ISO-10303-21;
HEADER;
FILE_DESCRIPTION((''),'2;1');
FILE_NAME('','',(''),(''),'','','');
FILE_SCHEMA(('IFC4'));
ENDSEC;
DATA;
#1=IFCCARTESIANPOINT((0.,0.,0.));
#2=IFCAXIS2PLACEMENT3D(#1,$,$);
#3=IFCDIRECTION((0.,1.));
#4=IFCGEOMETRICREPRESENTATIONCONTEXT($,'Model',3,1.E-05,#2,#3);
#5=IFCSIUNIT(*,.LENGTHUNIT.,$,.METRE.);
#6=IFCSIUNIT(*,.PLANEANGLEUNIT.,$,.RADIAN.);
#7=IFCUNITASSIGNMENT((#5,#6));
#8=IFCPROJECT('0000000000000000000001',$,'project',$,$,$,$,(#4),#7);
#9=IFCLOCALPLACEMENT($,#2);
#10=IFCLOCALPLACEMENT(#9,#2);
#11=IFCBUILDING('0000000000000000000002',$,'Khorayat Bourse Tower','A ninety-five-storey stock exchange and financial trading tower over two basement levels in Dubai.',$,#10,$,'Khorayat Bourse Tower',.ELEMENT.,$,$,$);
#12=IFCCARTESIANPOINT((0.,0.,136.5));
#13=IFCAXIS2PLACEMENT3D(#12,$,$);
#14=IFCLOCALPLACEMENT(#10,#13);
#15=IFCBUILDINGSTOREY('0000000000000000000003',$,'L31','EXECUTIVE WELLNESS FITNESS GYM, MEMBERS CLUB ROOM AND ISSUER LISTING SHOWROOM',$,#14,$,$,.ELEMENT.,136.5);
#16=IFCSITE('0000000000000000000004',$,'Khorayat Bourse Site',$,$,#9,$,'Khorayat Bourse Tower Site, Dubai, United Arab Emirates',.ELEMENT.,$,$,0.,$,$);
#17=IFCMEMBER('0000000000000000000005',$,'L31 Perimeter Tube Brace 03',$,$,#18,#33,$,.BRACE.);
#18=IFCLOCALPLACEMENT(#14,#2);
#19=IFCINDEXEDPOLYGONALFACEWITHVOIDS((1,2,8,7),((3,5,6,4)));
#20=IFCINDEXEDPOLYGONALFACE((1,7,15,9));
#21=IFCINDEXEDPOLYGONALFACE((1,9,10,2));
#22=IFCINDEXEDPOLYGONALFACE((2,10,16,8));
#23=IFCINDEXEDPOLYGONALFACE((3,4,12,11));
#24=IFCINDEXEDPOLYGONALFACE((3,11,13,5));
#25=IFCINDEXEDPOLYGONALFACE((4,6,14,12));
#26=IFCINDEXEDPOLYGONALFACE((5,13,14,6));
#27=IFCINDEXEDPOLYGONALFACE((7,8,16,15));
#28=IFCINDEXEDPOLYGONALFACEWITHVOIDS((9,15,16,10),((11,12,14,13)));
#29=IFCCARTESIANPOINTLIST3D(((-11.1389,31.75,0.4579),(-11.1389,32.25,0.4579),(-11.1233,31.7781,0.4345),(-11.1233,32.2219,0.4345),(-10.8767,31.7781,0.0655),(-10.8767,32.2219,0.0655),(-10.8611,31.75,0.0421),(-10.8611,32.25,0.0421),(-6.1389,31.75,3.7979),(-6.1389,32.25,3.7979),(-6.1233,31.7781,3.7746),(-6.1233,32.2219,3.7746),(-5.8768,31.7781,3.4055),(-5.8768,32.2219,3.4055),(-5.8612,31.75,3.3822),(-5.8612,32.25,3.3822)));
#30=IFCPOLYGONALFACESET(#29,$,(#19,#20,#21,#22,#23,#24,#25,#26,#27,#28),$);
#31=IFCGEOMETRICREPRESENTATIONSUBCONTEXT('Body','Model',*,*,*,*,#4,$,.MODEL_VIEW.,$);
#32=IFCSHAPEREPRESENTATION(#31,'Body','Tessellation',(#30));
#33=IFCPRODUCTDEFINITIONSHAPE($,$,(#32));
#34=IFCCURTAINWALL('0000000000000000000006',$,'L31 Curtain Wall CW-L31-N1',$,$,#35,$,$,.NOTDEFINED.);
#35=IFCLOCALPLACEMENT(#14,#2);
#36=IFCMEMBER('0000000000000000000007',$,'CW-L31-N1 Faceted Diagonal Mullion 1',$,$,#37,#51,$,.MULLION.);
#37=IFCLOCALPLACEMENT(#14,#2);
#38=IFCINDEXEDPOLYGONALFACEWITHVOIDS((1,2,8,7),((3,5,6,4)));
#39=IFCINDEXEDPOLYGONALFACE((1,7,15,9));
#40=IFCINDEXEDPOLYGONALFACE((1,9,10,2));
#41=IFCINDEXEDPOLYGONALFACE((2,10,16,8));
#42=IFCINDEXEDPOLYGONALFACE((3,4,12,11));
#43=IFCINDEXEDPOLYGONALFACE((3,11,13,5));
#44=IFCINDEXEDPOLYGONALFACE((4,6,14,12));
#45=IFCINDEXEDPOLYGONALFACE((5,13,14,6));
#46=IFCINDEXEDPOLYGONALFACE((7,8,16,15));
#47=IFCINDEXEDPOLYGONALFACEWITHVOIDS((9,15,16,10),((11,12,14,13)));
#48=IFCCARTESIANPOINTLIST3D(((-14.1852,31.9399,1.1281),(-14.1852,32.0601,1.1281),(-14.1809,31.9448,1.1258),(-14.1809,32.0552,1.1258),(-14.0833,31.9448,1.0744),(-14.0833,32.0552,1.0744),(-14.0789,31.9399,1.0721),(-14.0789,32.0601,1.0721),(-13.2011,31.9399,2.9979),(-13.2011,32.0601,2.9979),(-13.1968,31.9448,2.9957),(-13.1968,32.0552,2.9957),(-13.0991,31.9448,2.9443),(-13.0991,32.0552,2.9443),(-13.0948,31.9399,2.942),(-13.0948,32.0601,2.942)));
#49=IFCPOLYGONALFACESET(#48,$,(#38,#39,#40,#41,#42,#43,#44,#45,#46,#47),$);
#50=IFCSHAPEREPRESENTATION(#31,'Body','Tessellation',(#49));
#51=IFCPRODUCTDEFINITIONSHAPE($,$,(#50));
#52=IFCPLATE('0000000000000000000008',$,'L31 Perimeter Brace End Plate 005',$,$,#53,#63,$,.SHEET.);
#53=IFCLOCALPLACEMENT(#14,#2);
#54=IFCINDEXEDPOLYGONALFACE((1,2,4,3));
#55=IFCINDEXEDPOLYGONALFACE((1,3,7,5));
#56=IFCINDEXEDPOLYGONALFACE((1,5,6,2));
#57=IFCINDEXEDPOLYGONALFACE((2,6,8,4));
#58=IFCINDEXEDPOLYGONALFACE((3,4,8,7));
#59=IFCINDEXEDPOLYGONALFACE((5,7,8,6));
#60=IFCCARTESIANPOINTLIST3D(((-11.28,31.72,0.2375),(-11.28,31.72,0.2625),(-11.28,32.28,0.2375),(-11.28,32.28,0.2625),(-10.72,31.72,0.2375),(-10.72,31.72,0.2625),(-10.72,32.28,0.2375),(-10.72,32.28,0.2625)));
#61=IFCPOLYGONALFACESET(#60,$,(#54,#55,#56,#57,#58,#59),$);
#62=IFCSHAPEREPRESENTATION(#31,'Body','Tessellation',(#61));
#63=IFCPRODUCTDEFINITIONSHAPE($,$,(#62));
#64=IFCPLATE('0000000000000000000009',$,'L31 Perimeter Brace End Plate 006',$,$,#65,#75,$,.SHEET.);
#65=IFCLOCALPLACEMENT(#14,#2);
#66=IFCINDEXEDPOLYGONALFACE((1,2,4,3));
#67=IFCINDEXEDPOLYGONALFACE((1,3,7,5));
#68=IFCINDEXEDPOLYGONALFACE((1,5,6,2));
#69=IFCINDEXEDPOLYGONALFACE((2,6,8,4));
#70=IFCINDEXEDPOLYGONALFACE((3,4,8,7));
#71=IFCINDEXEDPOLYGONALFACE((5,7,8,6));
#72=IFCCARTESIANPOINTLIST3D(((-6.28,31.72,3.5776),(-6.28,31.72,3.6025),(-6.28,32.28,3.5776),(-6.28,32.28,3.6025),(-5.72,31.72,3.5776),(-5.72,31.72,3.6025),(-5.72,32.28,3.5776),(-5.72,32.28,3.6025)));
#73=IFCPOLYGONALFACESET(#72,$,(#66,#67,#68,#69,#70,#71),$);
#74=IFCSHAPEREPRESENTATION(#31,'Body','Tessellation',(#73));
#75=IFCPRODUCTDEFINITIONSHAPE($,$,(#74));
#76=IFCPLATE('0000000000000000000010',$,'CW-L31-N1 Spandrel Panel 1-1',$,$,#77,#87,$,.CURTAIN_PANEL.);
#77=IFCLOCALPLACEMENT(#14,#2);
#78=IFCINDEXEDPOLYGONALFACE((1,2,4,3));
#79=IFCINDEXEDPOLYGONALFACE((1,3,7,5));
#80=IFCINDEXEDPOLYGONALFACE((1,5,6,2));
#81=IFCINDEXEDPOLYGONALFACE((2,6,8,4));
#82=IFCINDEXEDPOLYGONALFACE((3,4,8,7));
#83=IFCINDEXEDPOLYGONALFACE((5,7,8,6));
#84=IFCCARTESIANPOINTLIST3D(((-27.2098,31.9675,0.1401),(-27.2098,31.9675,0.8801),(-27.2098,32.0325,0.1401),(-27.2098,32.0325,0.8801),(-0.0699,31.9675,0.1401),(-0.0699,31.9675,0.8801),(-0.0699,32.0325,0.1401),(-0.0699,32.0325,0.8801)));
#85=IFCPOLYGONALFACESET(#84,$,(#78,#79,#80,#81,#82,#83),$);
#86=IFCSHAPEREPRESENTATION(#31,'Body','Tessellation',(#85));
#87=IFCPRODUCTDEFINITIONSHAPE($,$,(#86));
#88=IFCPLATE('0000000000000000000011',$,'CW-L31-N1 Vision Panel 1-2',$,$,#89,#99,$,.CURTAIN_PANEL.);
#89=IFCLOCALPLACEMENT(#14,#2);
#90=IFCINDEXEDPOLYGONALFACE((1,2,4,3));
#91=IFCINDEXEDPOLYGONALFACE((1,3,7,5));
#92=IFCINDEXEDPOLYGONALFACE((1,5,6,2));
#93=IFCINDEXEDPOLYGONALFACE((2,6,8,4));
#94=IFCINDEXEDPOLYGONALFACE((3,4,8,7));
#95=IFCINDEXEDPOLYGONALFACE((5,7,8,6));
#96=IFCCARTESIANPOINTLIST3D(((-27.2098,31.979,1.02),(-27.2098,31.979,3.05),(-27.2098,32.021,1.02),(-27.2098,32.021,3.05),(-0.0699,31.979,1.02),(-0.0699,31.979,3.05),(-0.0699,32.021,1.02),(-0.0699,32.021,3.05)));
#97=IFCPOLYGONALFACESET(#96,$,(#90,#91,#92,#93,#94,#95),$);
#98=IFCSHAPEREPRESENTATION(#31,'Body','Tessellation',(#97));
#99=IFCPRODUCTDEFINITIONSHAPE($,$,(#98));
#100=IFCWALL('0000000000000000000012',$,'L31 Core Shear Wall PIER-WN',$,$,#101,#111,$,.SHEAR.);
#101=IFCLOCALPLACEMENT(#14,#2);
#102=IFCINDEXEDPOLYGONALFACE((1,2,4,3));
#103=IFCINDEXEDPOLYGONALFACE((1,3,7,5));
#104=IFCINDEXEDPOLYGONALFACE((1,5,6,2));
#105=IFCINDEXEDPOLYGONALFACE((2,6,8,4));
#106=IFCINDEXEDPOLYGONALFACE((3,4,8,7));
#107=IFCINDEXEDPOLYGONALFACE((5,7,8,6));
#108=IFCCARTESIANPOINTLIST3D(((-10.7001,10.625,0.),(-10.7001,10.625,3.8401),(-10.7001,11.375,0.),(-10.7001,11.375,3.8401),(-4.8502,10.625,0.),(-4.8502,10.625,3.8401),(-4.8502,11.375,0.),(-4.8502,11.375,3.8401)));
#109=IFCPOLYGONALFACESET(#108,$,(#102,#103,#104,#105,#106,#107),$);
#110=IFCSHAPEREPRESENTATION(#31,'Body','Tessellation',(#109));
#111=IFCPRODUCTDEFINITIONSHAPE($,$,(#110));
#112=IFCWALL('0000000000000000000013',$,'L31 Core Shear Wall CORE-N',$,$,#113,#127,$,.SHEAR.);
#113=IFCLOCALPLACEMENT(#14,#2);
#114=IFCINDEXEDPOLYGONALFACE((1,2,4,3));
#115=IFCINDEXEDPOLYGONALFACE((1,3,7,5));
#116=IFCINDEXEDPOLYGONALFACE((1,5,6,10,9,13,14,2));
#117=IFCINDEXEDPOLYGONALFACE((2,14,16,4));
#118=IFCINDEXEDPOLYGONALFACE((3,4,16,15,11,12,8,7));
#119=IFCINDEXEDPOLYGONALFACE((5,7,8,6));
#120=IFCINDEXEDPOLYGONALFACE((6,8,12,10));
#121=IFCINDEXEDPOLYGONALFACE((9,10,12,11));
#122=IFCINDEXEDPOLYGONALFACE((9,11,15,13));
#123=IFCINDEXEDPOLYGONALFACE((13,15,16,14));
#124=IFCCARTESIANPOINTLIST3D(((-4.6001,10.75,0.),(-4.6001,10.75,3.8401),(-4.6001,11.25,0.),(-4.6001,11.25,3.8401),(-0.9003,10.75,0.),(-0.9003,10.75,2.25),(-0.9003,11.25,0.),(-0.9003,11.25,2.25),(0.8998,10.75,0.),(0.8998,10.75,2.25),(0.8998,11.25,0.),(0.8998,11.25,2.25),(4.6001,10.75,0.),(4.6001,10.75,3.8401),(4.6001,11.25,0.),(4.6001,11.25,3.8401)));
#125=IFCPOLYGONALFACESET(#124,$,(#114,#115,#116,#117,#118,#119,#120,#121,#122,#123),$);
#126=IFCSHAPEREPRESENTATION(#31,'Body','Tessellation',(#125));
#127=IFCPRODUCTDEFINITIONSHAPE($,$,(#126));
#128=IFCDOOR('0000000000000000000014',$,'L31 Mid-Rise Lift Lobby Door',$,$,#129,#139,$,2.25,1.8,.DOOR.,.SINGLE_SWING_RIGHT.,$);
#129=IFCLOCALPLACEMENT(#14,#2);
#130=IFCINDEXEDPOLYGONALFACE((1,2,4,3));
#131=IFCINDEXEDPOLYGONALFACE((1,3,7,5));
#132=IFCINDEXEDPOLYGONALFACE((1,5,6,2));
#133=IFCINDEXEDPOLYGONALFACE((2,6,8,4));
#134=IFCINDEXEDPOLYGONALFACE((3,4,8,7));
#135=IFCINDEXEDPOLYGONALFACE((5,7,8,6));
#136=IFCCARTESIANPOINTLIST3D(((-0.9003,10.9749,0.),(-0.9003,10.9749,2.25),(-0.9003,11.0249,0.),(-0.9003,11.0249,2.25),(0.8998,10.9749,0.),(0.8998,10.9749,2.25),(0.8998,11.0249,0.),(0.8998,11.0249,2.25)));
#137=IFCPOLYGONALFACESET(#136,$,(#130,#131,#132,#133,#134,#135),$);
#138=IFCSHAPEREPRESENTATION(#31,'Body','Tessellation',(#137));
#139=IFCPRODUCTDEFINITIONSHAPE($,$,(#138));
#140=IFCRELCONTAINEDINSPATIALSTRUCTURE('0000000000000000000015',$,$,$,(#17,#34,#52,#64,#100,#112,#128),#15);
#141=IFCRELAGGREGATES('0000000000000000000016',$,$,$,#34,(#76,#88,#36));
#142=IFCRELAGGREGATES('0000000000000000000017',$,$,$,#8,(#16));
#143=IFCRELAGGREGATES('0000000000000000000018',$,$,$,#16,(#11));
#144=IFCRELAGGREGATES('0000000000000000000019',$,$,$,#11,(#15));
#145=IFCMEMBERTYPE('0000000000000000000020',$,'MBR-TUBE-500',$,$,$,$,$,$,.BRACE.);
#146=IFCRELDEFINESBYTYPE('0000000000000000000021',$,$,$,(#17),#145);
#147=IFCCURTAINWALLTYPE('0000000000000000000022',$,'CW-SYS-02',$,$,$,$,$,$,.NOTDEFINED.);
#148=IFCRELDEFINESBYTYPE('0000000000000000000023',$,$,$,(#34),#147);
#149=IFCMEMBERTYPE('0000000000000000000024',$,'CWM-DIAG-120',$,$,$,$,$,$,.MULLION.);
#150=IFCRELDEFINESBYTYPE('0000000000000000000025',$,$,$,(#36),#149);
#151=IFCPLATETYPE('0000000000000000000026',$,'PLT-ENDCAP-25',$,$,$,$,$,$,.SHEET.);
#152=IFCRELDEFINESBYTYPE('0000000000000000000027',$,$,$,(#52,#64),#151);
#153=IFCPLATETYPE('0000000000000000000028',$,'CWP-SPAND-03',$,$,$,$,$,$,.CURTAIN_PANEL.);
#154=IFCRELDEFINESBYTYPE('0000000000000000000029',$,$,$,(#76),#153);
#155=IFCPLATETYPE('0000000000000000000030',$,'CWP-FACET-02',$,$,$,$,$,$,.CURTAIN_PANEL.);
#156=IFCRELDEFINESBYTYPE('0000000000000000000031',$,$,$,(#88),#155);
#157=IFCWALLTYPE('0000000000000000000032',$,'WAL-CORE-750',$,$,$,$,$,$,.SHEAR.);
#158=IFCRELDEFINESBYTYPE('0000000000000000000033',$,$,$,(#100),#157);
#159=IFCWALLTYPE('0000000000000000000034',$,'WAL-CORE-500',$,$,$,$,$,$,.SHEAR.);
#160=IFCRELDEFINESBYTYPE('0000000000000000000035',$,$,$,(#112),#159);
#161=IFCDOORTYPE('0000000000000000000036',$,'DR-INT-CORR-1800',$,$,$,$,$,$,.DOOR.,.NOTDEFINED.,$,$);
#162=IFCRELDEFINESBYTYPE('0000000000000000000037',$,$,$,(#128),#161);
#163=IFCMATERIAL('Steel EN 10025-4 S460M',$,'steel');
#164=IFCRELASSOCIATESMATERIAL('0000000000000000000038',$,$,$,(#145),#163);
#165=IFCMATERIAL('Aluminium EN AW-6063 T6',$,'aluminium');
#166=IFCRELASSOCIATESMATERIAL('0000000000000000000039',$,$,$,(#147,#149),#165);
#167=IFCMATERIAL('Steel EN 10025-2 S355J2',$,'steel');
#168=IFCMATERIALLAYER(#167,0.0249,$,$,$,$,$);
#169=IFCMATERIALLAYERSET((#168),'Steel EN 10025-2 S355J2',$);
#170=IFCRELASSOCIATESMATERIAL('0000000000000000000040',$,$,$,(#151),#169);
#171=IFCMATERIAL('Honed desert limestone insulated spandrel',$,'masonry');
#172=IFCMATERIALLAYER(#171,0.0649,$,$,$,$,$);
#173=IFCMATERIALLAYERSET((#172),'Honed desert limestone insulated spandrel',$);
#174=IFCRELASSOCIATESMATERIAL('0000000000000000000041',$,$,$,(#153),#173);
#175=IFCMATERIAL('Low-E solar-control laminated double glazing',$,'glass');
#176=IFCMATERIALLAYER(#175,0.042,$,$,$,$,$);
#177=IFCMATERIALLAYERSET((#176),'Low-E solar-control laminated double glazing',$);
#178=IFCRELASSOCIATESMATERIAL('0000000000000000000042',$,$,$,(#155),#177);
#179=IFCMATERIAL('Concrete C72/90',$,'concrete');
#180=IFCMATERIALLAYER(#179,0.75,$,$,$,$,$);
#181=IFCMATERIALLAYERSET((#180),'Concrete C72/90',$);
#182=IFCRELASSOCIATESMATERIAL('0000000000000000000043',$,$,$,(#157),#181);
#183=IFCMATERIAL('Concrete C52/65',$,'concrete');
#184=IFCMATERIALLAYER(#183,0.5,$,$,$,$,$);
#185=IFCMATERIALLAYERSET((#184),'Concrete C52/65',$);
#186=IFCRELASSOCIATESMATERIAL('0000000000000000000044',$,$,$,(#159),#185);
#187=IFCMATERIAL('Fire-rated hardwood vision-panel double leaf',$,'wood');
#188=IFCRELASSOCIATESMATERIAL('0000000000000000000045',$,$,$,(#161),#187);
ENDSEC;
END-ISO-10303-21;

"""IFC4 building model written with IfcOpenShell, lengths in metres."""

from ifc_helpers import new_model, si_unit, direction, frame, frame_2d, origin, origin_2d, place, context, subcontext, project, spatial, rectangle, hollow_rectangle, extrude, source, transform, mapped, material, layer, layer_set, material_profile, profile_set, type_object, element, fill, aggregate, save


model = new_model("IFC4")

# Units and contexts
model_context = context("Model", 3, precision=1e-05, world=origin(), true_north=direction((0.0, 1.0)))
body_context = subcontext(model_context, "Body", "Model", "MODEL_VIEW")
ifc_project = project(units=[si_unit("LENGTHUNIT", "METRE"), si_unit("PLANEANGLEUNIT", "RADIAN")], contexts=[model_context])

# Site, building, storey
site_placement = place(None, origin())
site = spatial("IfcSite", under=ifc_project, at=site_placement, Name="Khorayat Bourse Site", LongName="Khorayat Bourse Tower Site, Dubai, United Arab Emirates", CompositionType="ELEMENT", RefElevation=0.0)
building_placement = place(site_placement, origin())
building = spatial("IfcBuilding", under=site, at=building_placement, Name="Khorayat Bourse Tower", Description="A ninety-five-storey stock exchange and financial trading tower over two basement levels in Dubai.", LongName="Khorayat Bourse Tower", CompositionType="ELEMENT")
storey_placement = place(building_placement, frame((0.0, 0.0, 136.5)))
storey = spatial("IfcBuildingStorey", under=building, at=storey_placement, Name="L31", Description="EXECUTIVE WELLNESS FITNESS GYM, MEMBERS CLUB ROOM AND ISSUER LISTING SHOWROOM", CompositionType="ELEMENT", Elevation=136.5)

# Shared definitions
ifc_material_1 = material(Name="Steel EN 10025-4 S460M", Category="steel")
ifc_material_2 = material(Name="Concrete C72/90", Category="concrete")

# Member
ifc_material_profile_1 = material_profile(ifc_material_1, hollow_rectangle(XDim=0.5, YDim=0.5, WallThickness=0.0281, at=origin_2d()), Name="HSS 500x500x28")
ifc_profile_set_1 = profile_set([ifc_material_profile_1], Name="Steel EN 10025-4 S460M")
member_type_1 = type_object("IfcMemberType", Name="MBR-TUBE-500", PredefinedType="BRACE", material=ifc_profile_set_1)
shared_shape_1 = source(origin(), body_context, "Body", "SweptSolid", [
    extrude(hollow_rectangle(XDim=0.5, YDim=0.5, WallThickness=0.0281, at=origin_2d()), origin(), (0.0, 0.0, 1.0), 6.0129),
])
member_1_placement = place(storey_placement, frame((-11.0, 32.0, 0.25), z_axis=(0.831531, 0.0, 0.555478), x_axis=(0.0, 1.0, 0.0)))
element("IfcMember", 1, at=member_1_placement, inside=storey, type_object=member_type_1, Name="L31 Perimeter Tube Brace 03", PredefinedType="BRACE", context=body_context, shape_type="MappedRepresentation", body=[
    mapped(shared_shape_1, transform((0.0, 0.0, 0.0), scale=1.0)),
])

# Curtain wall, member
ifc_material_3 = material(Name="Aluminium EN AW-6063 T6", Category="aluminium")
curtain_wall_type = type_object("IfcCurtainWallType", Name="CW-SYS-02", PredefinedType="NOTDEFINED", material=ifc_material_3)
curtain_wall_placement = place(storey_placement, origin())
curtain_wall = element("IfcCurtainWall", 2, at=curtain_wall_placement, inside=storey, type_object=curtain_wall_type, Name="L31 Curtain Wall CW-L31-N1", PredefinedType="NOTDEFINED")
ifc_material_profile_2 = material_profile(ifc_material_3, hollow_rectangle(XDim=0.1201, YDim=0.1201, WallThickness=0.0049, at=origin_2d()), Name="ALU 120x120x5")
ifc_profile_set_2 = profile_set([ifc_material_profile_2], Name="Aluminium EN AW-6063 T6")
member_type_2 = type_object("IfcMemberType", Name="CWM-DIAG-120", PredefinedType="MULLION", material=ifc_profile_set_2)
shared_shape_2 = source(origin(), body_context, "Body", "SweptSolid", [
    extrude(hollow_rectangle(XDim=0.1201, YDim=0.1201, WallThickness=0.0049, at=origin_2d()), origin(), (0.0, 0.0, 1.0), 2.113),
])
member_2_placement = place(storey_placement, frame((-14.1321, 32.0, 1.1001), z_axis=(0.465742, 0.0, 0.884921), x_axis=(0.0, 1.0, 0.0)))
member_2 = element("IfcMember", 3, at=member_2_placement, type_object=member_type_2, Name="CW-L31-N1 Faceted Diagonal Mullion 1", PredefinedType="MULLION", context=body_context, shape_type="MappedRepresentation", body=[
    mapped(shared_shape_2, transform((0.0, 0.0, 0.0), scale=1.0)),
])

# Plates
ifc_material_4 = material(Name="Steel EN 10025-2 S355J2", Category="steel")
ifc_layer_1 = layer(ifc_material_4, 0.0249)
ifc_layer_set_1 = layer_set([ifc_layer_1], Name="Steel EN 10025-2 S355J2")
plate_type_1 = type_object("IfcPlateType", Name="PLT-ENDCAP-25", PredefinedType="SHEET", material=ifc_layer_set_1)
shared_shape_3 = source(origin(), body_context, "Body", "SweptSolid", [
    extrude(rectangle(XDim=0.5601, YDim=0.5601, at=origin_2d()), origin(), (0.0, 0.0, 1.0), 0.0249),
])
for number, where, z_axis, x_axis, name in (
    (4, (-11.0, 32.0, 0.2375), (0.0, 0.0, 1.0), (1.0, 0.0, 0.0), "L31 Perimeter Brace End Plate 005"),
    (5, (-6.0, 32.0, 3.5776), (0.0, 0.0, 1.0), (1.0, 0.0, 0.0), "L31 Perimeter Brace End Plate 006"),
):
    element("IfcPlate", number, at=place(storey_placement, frame(where, z_axis=z_axis, x_axis=x_axis)), inside=storey, type_object=plate_type_1, Name=name, PredefinedType="SHEET", context=body_context, shape_type="MappedRepresentation", body=[
        mapped(shared_shape_3, transform((0.0, 0.0, 0.0), scale=1.0)),
    ])

# Plates
ifc_material_5 = material(Name="Honed desert limestone insulated spandrel", Category="masonry")
ifc_layer_2 = layer(ifc_material_5, 0.0649)
ifc_layer_set_2 = layer_set([ifc_layer_2], Name="Honed desert limestone insulated spandrel")
plate_type_2 = type_object("IfcPlateType", Name="CWP-SPAND-03", PredefinedType="CURTAIN_PANEL", material=ifc_layer_set_2)
shared_shape_4 = source(origin(), body_context, "Body", "SweptSolid", [
    extrude(rectangle(XDim=27.1399, YDim=0.0649, at=origin_2d()), origin(), (0.0, 0.0, 1.0), 0.74),
])
plate_1_placement = place(storey_placement, frame((-13.6399, 32.0, 0.1401), z_axis=(0.0, 0.0, 1.0), x_axis=(1.0, 0.0, 0.0)))
plate_1 = element("IfcPlate", 6, at=plate_1_placement, type_object=plate_type_2, Name="CW-L31-N1 Spandrel Panel 1-1", PredefinedType="CURTAIN_PANEL", context=body_context, shape_type="MappedRepresentation", body=[
    mapped(shared_shape_4, transform((0.0, 0.0, 0.0), scale=1.0)),
])
ifc_material_6 = material(Name="Low-E solar-control laminated double glazing", Category="glass")
ifc_layer_3 = layer(ifc_material_6, 0.042)
ifc_layer_set_3 = layer_set([ifc_layer_3], Name="Low-E solar-control laminated double glazing")
plate_type_3 = type_object("IfcPlateType", Name="CWP-FACET-02", PredefinedType="CURTAIN_PANEL", material=ifc_layer_set_3)
shared_shape_5 = source(origin(), body_context, "Body", "SweptSolid", [
    extrude(rectangle(XDim=27.1399, YDim=0.042, at=origin_2d()), origin(), (0.0, 0.0, 1.0), 2.03),
])
plate_2_placement = place(storey_placement, frame((-13.6399, 32.0, 1.02), z_axis=(0.0, 0.0, 1.0), x_axis=(1.0, 0.0, 0.0)))
plate_2 = element("IfcPlate", 7, at=plate_2_placement, type_object=plate_type_3, Name="CW-L31-N1 Vision Panel 1-2", PredefinedType="CURTAIN_PANEL", context=body_context, shape_type="MappedRepresentation", body=[
    mapped(shared_shape_5, transform((0.0, 0.0, 0.0), scale=1.0)),
])
aggregate(curtain_wall, [plate_1, plate_2, member_2])

# Wall
ifc_layer_4 = layer(ifc_material_2, 0.75)
ifc_layer_set_4 = layer_set([ifc_layer_4], Name="Concrete C72/90")
wall_type_1 = type_object("IfcWallType", Name="WAL-CORE-750", PredefinedType="SHEAR", material=ifc_layer_set_4)
shared_shape_6 = source(origin(), body_context, "Body", "SweptSolid", [
    extrude(rectangle(XDim=5.8499, YDim=0.75, at=frame_2d((2.9248, 0.0))), origin(), (0.0, 0.0, 1.0), 3.8401),
])
wall_1_placement = place(storey_placement, frame((-10.7, 11.0, 0.0), z_axis=(0.0, 0.0, 1.0), x_axis=(1.0, 0.0, 0.0)))
element("IfcWall", 8, at=wall_1_placement, inside=storey, type_object=wall_type_1, Name="L31 Core Shear Wall PIER-WN", PredefinedType="SHEAR", context=body_context, shape_type="MappedRepresentation", body=[
    mapped(shared_shape_6, transform((0.0, 0.0, 0.0), scale=1.0)),
])

# Wall, opening, door
ifc_material_7 = material(Name="Concrete C52/65", Category="concrete")
ifc_layer_5 = layer(ifc_material_7, 0.5)
ifc_layer_set_5 = layer_set([ifc_layer_5], Name="Concrete C52/65")
wall_type_2 = type_object("IfcWallType", Name="WAL-CORE-500", PredefinedType="SHEAR", material=ifc_layer_set_5)
shared_shape_7 = source(origin(), body_context, "Body", "SweptSolid", [
    extrude(rectangle(XDim=9.2002, YDim=0.5, at=frame_2d((4.6001, 0.0))), origin(), (0.0, 0.0, 1.0), 3.8401),
])
wall_2_placement = place(storey_placement, frame((-4.6001, 11.0, 0.0), z_axis=(0.0, 0.0, 1.0), x_axis=(1.0, 0.0, 0.0)))
wall_2 = element("IfcWall", 9, at=wall_2_placement, inside=storey, type_object=wall_type_2, Name="L31 Core Shear Wall CORE-N", PredefinedType="SHEAR", context=body_context, shape_type="MappedRepresentation", body=[
    mapped(shared_shape_7, transform((0.0, 0.0, 0.0), scale=1.0)),
])
shared_shape_8 = source(origin(), body_context, "Body", "SweptSolid", [
    extrude(rectangle(XDim=1.8, YDim=2.25, at=frame_2d((0.8999, 1.125))), frame((0.0, 0.26, 0.0), z_axis=(0.0, -1.0, 0.0), x_axis=(1.0, 0.0, 0.0)), (0.0, 0.0, 1.0), 0.52),
])
opening_1_placement = place(wall_2_placement, frame((3.7, 0.0, 0.0)))
opening_1 = element("IfcOpeningElement", 10, at=opening_1_placement, cuts=wall_2, PredefinedType="OPENING", context=body_context, shape_type="MappedRepresentation", body=[
    mapped(shared_shape_8, transform((0.0, 0.0, 0.0), scale=1.0)),
])
ifc_material_8 = material(Name="Fire-rated hardwood vision-panel double leaf", Category="wood")
door_type_1 = type_object("IfcDoorType", Name="DR-INT-CORR-1800", OperationType="NOTDEFINED", PredefinedType="DOOR", material=ifc_material_8)
shared_shape_9 = source(origin(), body_context, "Body", "SweptSolid", [
    extrude(rectangle(XDim=1.8, YDim=2.25, at=frame_2d((0.8999, 1.125))), frame((0.0, 0.0249, 0.0), z_axis=(0.0, -1.0, 0.0), x_axis=(1.0, 0.0, 0.0)), (0.0, 0.0, 1.0), 0.05),
])
door_1_placement = place(opening_1_placement, origin())
door_1 = element("IfcDoor", 11, at=door_1_placement, inside=storey, type_object=door_type_1, Name="L31 Mid-Rise Lift Lobby Door", OperationType="SINGLE_SWING_RIGHT", OverallHeight=2.25, OverallWidth=1.8, PredefinedType="DOOR", context=body_context, shape_type="MappedRepresentation", body=[
    mapped(shared_shape_9, transform((0.0, 0.0, 0.0), scale=1.0)),
])
fill(opening_1, door_1)

save(model, "model.ifc")
